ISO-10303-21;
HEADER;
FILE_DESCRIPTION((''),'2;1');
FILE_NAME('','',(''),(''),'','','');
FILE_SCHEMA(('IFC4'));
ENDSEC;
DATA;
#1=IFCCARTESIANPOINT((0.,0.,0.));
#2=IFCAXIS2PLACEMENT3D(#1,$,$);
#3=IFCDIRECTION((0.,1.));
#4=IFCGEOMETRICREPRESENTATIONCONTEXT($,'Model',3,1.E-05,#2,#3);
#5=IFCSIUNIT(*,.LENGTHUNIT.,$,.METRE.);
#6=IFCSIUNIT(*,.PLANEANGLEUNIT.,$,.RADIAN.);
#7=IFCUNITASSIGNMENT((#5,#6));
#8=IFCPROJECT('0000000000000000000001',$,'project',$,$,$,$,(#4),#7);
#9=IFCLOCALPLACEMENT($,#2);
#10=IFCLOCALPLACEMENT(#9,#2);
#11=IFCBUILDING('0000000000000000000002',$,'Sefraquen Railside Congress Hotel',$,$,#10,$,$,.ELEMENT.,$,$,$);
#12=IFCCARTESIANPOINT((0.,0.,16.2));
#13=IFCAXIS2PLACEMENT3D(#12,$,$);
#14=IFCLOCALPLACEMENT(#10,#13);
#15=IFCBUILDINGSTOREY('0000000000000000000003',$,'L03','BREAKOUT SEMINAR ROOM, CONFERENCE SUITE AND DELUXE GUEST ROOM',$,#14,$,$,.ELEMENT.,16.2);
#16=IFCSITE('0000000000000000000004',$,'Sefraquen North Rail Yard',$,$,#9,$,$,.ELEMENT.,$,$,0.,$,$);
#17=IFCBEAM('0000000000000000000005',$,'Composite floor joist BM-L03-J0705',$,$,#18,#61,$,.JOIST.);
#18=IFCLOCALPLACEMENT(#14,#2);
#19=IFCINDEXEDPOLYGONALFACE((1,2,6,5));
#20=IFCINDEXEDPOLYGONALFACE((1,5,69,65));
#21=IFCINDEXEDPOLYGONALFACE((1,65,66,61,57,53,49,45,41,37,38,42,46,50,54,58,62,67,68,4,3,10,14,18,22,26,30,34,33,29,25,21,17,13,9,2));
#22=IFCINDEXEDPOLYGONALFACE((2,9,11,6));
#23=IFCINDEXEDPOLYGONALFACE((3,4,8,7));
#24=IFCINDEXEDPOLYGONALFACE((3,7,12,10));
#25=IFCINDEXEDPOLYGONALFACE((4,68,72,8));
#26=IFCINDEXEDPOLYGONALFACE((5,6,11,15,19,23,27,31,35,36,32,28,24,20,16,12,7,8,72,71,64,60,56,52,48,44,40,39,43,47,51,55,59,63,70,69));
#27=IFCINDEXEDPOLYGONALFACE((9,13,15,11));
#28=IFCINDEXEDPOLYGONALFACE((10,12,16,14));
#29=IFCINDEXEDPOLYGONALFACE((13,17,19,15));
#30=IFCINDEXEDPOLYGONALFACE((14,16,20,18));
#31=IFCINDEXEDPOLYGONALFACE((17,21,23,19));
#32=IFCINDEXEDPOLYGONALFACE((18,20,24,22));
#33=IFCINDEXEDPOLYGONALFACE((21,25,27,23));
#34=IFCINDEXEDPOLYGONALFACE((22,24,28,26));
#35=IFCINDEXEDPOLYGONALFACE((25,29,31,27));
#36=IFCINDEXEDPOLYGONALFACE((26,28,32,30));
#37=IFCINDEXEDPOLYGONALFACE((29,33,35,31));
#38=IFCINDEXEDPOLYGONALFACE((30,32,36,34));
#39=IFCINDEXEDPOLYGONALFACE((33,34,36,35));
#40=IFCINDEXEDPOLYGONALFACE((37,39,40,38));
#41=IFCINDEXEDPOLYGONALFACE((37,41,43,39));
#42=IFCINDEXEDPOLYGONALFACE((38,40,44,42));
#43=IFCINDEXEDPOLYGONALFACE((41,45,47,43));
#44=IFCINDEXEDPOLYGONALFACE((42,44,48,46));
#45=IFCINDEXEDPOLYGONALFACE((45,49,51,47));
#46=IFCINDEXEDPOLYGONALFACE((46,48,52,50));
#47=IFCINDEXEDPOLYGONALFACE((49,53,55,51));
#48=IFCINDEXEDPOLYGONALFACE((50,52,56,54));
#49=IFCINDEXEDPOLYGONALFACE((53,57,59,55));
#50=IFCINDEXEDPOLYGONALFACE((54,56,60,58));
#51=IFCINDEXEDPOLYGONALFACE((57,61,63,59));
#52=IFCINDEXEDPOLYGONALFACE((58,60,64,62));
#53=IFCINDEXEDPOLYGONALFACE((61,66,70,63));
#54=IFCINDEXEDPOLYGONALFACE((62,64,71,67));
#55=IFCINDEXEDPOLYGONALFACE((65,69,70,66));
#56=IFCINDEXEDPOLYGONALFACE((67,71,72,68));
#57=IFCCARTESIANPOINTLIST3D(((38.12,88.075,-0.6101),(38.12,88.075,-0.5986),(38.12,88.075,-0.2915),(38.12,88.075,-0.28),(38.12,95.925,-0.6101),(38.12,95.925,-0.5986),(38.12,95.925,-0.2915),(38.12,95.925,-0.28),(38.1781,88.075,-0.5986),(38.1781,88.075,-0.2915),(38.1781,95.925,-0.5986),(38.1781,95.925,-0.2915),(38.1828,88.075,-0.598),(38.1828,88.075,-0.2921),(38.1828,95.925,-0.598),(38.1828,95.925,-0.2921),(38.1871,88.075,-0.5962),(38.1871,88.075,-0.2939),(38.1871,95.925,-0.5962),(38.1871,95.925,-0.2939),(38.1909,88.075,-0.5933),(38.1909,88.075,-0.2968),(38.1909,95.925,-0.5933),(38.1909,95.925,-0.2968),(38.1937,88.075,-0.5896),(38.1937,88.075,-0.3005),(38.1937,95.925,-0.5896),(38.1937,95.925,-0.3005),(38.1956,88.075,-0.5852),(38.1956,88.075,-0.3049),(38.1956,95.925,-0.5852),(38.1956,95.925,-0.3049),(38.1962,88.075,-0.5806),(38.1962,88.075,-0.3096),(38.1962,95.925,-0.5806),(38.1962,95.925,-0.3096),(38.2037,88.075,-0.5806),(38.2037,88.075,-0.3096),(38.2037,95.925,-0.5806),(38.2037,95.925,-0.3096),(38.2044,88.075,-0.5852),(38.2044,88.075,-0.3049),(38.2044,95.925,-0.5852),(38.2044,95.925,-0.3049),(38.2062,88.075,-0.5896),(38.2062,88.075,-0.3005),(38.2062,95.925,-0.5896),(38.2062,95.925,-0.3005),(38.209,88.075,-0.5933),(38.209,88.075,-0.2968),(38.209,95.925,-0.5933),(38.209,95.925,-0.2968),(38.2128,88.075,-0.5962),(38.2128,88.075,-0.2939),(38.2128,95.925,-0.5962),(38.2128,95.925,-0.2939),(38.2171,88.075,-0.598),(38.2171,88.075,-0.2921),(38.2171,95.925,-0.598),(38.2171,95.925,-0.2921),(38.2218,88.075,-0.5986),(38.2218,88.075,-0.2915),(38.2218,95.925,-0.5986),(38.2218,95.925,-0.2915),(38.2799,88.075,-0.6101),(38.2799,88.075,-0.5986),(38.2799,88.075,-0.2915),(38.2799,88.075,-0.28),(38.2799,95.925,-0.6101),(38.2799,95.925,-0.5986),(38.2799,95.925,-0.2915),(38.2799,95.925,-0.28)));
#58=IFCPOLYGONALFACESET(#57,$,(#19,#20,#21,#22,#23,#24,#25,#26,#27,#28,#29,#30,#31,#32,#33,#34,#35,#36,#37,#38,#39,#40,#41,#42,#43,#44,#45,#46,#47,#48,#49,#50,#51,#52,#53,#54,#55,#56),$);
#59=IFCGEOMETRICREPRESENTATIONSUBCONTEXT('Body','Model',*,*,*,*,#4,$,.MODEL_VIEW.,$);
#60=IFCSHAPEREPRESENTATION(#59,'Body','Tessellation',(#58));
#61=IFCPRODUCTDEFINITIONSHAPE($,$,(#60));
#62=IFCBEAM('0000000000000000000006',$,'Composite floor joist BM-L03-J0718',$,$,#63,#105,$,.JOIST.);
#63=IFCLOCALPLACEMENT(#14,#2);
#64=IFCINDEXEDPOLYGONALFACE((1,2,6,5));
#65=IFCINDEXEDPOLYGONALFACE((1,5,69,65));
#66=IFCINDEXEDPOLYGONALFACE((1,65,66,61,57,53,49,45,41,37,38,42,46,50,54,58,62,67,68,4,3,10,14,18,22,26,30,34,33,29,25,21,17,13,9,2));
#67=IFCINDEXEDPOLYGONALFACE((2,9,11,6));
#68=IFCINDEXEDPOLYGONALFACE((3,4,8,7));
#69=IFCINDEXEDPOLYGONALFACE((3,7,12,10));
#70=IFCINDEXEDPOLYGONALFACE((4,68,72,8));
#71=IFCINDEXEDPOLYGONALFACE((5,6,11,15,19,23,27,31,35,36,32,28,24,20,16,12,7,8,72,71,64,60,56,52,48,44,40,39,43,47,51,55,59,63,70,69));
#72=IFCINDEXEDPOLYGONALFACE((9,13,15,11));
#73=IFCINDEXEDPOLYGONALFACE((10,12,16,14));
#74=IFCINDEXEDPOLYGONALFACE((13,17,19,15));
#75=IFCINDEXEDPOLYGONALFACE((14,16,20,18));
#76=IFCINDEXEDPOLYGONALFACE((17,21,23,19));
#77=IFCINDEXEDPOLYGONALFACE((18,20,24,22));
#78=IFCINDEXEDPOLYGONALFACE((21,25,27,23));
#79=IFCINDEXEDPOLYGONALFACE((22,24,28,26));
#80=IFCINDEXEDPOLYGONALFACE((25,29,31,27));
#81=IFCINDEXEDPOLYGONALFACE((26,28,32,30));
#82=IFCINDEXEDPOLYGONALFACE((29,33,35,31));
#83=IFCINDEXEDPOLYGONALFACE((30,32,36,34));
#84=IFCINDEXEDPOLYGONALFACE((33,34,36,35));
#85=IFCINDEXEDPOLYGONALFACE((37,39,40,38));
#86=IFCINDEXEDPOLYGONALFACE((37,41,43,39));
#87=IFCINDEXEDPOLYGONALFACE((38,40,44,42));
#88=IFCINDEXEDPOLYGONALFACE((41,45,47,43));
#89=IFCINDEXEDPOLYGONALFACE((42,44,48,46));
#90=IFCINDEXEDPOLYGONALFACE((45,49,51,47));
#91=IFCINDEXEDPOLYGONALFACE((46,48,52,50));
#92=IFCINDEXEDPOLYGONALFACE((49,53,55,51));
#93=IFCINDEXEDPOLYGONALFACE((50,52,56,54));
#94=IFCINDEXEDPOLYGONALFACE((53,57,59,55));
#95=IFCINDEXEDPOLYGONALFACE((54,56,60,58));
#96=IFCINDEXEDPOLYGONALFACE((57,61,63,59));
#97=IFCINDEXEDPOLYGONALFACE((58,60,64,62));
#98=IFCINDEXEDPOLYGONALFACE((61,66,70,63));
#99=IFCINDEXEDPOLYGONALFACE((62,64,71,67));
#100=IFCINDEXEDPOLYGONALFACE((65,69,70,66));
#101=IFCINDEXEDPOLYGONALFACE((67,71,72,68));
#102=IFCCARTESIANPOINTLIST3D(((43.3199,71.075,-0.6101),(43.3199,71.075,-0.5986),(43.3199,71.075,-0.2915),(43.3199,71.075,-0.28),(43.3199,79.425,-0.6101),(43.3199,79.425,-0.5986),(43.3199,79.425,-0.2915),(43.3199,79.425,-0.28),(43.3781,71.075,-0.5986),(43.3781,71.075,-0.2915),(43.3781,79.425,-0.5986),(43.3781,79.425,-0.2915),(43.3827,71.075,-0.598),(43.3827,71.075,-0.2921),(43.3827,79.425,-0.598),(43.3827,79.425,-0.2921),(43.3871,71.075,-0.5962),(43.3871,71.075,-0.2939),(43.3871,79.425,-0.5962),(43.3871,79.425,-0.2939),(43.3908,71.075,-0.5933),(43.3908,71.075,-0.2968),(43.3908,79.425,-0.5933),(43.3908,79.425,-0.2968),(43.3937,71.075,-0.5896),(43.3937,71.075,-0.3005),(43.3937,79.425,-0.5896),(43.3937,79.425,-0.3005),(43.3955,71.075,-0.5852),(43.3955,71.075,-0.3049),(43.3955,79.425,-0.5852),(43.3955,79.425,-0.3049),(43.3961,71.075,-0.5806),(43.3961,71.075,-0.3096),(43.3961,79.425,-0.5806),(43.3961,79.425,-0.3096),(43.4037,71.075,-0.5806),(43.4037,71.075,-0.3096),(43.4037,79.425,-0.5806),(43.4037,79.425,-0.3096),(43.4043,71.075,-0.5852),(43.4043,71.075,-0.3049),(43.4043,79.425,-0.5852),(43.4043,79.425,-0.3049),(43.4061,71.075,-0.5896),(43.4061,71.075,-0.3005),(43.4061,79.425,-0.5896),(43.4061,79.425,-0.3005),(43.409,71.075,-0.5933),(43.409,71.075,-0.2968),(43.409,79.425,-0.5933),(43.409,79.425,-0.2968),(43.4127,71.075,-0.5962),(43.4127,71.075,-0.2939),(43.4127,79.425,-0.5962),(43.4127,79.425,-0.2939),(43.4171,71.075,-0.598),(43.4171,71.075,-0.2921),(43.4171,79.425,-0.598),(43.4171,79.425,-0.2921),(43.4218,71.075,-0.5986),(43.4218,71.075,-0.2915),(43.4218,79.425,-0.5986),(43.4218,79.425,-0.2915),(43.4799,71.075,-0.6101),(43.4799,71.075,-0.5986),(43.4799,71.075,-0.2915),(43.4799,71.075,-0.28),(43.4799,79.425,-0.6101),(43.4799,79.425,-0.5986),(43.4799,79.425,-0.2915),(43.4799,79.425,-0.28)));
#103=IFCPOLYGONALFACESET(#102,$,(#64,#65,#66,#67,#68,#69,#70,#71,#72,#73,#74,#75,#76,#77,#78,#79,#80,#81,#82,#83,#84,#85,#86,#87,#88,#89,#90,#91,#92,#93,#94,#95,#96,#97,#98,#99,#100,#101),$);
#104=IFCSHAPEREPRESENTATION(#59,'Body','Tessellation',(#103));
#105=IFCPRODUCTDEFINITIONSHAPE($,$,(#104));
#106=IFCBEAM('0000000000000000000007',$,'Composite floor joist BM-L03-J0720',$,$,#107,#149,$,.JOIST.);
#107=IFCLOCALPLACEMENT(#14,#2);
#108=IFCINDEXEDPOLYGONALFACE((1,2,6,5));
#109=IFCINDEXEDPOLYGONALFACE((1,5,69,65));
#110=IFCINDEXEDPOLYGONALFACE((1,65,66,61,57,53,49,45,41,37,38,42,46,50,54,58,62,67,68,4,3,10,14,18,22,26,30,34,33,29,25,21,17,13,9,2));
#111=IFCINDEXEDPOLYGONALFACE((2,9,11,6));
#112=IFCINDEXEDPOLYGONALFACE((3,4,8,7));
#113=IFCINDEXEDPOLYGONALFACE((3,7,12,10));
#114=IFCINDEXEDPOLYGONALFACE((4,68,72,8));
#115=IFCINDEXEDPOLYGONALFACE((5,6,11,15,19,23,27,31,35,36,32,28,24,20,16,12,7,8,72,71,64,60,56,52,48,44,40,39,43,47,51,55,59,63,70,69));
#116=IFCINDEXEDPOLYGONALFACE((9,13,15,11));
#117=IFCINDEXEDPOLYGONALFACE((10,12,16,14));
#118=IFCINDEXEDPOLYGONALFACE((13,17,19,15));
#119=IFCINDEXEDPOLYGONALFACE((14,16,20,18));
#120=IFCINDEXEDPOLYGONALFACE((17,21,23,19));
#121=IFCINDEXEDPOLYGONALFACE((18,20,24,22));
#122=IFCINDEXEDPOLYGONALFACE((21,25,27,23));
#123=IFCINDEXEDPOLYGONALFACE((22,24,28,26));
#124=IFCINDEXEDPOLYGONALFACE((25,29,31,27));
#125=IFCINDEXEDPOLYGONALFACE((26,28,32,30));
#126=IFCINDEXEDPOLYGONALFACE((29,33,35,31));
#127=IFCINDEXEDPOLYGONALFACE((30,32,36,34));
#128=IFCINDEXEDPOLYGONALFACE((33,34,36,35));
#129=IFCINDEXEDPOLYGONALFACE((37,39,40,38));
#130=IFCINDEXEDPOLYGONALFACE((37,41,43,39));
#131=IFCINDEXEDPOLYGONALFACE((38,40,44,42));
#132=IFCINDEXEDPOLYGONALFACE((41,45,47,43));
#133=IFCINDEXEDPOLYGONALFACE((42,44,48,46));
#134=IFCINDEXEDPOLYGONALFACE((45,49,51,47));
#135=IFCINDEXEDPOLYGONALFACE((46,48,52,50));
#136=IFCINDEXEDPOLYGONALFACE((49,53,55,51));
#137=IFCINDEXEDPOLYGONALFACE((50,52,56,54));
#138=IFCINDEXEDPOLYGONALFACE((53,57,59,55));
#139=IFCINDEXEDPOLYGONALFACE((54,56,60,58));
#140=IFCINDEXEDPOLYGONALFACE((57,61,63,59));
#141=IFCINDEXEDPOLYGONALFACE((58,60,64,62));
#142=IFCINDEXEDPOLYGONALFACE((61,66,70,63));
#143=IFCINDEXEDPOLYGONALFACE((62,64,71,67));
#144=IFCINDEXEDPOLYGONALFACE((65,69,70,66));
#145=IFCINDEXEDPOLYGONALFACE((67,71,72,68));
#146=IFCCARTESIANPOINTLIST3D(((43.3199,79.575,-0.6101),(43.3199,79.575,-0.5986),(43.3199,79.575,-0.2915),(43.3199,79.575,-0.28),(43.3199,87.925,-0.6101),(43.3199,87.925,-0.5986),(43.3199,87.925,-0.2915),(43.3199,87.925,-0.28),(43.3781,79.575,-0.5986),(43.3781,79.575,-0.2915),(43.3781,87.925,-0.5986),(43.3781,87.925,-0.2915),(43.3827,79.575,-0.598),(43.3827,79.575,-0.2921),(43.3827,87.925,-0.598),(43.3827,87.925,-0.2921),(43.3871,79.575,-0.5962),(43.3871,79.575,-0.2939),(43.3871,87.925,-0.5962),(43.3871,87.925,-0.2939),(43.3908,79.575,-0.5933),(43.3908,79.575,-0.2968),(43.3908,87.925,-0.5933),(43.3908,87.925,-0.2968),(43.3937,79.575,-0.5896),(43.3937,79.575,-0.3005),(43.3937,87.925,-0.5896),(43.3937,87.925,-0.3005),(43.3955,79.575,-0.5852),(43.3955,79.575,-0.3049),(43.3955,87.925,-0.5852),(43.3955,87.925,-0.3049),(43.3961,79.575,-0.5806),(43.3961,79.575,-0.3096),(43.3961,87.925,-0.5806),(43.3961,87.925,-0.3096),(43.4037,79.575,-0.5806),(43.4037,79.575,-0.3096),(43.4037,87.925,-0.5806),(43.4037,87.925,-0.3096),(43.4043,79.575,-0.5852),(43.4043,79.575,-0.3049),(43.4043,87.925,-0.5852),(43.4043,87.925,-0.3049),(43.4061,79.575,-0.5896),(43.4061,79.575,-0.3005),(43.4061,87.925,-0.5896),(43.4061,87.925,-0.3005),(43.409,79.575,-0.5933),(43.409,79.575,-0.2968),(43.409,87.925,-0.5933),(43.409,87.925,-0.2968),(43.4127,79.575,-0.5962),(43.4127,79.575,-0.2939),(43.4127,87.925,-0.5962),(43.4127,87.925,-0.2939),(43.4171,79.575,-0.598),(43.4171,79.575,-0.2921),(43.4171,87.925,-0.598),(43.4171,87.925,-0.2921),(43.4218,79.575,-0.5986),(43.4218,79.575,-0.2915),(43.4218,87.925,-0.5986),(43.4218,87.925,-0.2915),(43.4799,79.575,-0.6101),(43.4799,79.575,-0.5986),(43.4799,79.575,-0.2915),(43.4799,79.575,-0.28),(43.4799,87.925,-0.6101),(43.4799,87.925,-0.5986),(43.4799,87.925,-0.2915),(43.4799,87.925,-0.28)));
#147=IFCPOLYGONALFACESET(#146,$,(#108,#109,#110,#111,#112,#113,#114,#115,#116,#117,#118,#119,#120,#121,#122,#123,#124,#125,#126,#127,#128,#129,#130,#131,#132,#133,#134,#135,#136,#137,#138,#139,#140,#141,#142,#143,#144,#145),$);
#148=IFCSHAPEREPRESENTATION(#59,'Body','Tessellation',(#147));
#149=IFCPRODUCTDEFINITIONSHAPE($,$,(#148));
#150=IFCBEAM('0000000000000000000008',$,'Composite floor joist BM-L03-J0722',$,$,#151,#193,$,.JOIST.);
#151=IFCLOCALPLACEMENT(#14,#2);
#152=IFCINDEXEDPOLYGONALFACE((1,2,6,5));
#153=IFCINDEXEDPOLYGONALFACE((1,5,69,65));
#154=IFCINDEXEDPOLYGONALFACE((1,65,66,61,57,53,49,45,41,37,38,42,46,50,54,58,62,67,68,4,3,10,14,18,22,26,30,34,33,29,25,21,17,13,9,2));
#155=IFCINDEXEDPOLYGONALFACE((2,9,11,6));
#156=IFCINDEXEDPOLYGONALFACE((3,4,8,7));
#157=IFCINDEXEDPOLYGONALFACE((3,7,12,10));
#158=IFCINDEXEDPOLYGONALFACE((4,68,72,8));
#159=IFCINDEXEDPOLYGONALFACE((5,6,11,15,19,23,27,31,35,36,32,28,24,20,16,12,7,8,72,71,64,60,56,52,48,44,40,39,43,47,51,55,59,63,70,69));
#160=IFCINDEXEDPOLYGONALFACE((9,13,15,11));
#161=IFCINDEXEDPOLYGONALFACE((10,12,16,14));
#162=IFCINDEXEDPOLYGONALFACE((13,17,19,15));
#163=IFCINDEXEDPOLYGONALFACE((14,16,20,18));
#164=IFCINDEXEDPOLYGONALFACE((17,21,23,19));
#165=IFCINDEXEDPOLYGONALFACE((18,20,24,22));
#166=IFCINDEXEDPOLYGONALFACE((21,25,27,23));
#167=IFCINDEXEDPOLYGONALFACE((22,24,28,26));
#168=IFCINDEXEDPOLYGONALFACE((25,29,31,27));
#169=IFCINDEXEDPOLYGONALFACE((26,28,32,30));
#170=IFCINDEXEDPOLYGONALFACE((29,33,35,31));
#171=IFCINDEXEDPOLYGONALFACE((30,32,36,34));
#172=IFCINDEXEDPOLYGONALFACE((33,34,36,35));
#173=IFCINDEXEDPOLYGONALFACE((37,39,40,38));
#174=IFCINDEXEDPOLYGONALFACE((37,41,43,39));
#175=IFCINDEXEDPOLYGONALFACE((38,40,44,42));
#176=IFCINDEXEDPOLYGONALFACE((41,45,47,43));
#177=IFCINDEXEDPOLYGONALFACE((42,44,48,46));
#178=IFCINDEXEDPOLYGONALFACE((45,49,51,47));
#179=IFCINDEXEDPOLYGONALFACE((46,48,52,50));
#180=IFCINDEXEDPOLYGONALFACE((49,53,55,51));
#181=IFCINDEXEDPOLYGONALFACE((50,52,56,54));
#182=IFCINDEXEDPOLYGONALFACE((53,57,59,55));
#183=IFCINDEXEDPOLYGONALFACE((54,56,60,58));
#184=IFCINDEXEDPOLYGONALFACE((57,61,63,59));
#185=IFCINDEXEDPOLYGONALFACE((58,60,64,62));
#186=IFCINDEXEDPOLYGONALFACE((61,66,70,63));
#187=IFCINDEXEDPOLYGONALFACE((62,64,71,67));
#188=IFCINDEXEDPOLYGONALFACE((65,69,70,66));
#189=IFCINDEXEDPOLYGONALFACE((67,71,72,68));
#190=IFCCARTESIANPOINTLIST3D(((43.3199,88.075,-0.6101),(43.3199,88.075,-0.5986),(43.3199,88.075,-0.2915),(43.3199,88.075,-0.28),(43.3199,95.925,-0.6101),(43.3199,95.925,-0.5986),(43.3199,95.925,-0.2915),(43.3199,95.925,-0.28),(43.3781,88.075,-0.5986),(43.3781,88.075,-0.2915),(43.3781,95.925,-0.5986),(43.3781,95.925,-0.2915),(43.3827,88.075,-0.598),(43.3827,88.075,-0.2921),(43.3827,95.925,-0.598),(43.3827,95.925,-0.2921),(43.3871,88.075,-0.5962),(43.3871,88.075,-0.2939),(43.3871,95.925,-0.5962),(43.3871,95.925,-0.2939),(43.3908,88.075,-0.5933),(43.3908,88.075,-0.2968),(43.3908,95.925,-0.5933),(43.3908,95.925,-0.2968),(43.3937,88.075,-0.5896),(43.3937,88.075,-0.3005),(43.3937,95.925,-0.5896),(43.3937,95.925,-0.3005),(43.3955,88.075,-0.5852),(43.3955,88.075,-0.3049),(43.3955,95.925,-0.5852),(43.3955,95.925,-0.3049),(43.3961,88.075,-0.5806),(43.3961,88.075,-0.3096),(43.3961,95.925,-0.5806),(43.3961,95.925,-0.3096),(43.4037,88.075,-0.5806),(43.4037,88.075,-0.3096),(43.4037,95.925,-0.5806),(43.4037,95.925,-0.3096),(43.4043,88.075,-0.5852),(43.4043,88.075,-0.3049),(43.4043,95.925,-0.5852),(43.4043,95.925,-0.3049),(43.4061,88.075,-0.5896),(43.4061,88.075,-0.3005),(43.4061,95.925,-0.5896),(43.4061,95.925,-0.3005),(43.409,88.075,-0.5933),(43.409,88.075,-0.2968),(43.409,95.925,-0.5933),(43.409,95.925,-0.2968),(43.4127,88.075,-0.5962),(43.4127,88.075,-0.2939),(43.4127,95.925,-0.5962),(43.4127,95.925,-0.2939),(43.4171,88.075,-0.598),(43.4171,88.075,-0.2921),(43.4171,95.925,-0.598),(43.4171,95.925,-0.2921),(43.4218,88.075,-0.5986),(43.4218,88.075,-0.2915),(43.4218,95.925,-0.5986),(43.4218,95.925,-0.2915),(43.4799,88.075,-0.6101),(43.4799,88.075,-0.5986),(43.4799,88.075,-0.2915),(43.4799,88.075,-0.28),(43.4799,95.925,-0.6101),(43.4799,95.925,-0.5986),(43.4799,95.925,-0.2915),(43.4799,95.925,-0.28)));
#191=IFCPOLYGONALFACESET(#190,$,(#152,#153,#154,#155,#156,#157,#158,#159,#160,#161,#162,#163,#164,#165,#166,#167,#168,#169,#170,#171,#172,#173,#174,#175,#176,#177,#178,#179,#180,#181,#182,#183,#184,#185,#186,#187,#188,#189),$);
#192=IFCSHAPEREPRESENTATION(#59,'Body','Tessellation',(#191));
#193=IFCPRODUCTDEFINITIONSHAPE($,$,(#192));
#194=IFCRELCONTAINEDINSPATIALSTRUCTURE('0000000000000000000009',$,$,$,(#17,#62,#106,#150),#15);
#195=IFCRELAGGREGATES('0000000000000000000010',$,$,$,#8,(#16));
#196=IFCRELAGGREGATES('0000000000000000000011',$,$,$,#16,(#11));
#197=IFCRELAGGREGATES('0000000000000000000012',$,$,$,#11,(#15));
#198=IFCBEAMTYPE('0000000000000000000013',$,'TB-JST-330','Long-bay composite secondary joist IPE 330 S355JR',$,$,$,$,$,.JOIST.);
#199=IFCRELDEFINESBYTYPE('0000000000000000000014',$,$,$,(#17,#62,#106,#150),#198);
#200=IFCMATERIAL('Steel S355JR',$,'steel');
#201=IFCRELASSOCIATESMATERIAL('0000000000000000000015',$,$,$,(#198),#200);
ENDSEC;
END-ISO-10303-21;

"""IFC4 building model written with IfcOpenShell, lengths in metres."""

from ifc_helpers import new_model, si_unit, direction, frame, origin, origin_2d, place, context, subcontext, project, spatial, i_section, extrude, material, material_profile, profile_set, type_object, element, save


model = new_model("IFC4")

# Units and contexts
model_context = context("Model", 3, precision=1e-05, world=origin(), true_north=direction((0.0, 1.0)))
body_context = subcontext(model_context, "Body", "Model", "MODEL_VIEW")
ifc_project = project(units=[si_unit("LENGTHUNIT", "METRE"), si_unit("PLANEANGLEUNIT", "RADIAN")], contexts=[model_context])

# Site, building, storey
site_placement = place(None, origin())
site = spatial("IfcSite", under=ifc_project, at=site_placement, Name="Sefraquen North Rail Yard", CompositionType="ELEMENT", RefElevation=0.0)
building_placement = place(site_placement, origin())
building = spatial("IfcBuilding", under=site, at=building_placement, Name="Sefraquen Railside Congress Hotel", CompositionType="ELEMENT")
storey_placement = place(building_placement, frame((0.0, 0.0, 16.2)))
storey = spatial("IfcBuildingStorey", under=building, at=storey_placement, Name="L03", Description="BREAKOUT SEMINAR ROOM, CONFERENCE SUITE AND DELUXE GUEST ROOM", CompositionType="ELEMENT", Elevation=16.2)

# Shared definitions
ifc_material_1 = material(Name="Steel S355JR", Category="steel")

# Beams
ifc_material_profile_1 = material_profile(ifc_material_1, i_section(OverallWidth=0.1599, OverallDepth=0.3301, WebThickness=0.0076, FlangeThickness=0.0115, FilletRadius=0.0181, at=origin_2d()), Name="IPE 330")
ifc_profile_set_1 = profile_set([ifc_material_profile_1], Name="Steel S355JR")
beam_type_1 = type_object("IfcBeamType", Name="TB-JST-330", Description="Long-bay composite secondary joist IPE 330 S355JR", PredefinedType="JOIST", material=ifc_profile_set_1)
for number, where, z_axis, x_axis, name in (
    (1, (38.2, 88.075, -0.4451), (0.0, 1.0, 0.0), (-1.0, 0.0, 0.0), "Composite floor joist BM-L03-J0705"),
):
    element("IfcBeam", number, at=place(storey_placement, frame(where, z_axis=z_axis, x_axis=x_axis)), inside=storey, type_object=beam_type_1, Name=name, PredefinedType="JOIST", context=body_context, shape_type="SweptSolid", body=[
        extrude(i_section(OverallWidth=0.1599, OverallDepth=0.3301, WebThickness=0.0076, FlangeThickness=0.0115, FilletRadius=0.0181, at=origin_2d()), origin(), (0.0, 0.0, 1.0), 7.8501),
    ])
for number, where, z_axis, x_axis, name in (
    (2, (43.3999, 71.075, -0.4451), (0.0, 1.0, 0.0), (-1.0, 0.0, 0.0), "Composite floor joist BM-L03-J0718"),
    (3, (43.3999, 79.575, -0.4451), (0.0, 1.0, 0.0), (-1.0, 0.0, 0.0), "Composite floor joist BM-L03-J0720"),
):
    element("IfcBeam", number, at=place(storey_placement, frame(where, z_axis=z_axis, x_axis=x_axis)), inside=storey, type_object=beam_type_1, Name=name, PredefinedType="JOIST", context=body_context, shape_type="SweptSolid", body=[
        extrude(i_section(OverallWidth=0.1599, OverallDepth=0.3301, WebThickness=0.0076, FlangeThickness=0.0115, FilletRadius=0.0181, at=origin_2d()), origin(), (0.0, 0.0, 1.0), 8.3501),
    ])
beam_1_placement = place(storey_placement, frame((43.3999, 88.075, -0.4451), z_axis=(0.0, 1.0, 0.0), x_axis=(-1.0, 0.0, 0.0)))
element("IfcBeam", 4, at=beam_1_placement, inside=storey, type_object=beam_type_1, Name="Composite floor joist BM-L03-J0722", PredefinedType="JOIST", context=body_context, shape_type="SweptSolid", body=[
    extrude(i_section(OverallWidth=0.1599, OverallDepth=0.3301, WebThickness=0.0076, FlangeThickness=0.0115, FilletRadius=0.0181, at=origin_2d()), origin(), (0.0, 0.0, 1.0), 7.8501),
])

save(model, "model.ifc")
